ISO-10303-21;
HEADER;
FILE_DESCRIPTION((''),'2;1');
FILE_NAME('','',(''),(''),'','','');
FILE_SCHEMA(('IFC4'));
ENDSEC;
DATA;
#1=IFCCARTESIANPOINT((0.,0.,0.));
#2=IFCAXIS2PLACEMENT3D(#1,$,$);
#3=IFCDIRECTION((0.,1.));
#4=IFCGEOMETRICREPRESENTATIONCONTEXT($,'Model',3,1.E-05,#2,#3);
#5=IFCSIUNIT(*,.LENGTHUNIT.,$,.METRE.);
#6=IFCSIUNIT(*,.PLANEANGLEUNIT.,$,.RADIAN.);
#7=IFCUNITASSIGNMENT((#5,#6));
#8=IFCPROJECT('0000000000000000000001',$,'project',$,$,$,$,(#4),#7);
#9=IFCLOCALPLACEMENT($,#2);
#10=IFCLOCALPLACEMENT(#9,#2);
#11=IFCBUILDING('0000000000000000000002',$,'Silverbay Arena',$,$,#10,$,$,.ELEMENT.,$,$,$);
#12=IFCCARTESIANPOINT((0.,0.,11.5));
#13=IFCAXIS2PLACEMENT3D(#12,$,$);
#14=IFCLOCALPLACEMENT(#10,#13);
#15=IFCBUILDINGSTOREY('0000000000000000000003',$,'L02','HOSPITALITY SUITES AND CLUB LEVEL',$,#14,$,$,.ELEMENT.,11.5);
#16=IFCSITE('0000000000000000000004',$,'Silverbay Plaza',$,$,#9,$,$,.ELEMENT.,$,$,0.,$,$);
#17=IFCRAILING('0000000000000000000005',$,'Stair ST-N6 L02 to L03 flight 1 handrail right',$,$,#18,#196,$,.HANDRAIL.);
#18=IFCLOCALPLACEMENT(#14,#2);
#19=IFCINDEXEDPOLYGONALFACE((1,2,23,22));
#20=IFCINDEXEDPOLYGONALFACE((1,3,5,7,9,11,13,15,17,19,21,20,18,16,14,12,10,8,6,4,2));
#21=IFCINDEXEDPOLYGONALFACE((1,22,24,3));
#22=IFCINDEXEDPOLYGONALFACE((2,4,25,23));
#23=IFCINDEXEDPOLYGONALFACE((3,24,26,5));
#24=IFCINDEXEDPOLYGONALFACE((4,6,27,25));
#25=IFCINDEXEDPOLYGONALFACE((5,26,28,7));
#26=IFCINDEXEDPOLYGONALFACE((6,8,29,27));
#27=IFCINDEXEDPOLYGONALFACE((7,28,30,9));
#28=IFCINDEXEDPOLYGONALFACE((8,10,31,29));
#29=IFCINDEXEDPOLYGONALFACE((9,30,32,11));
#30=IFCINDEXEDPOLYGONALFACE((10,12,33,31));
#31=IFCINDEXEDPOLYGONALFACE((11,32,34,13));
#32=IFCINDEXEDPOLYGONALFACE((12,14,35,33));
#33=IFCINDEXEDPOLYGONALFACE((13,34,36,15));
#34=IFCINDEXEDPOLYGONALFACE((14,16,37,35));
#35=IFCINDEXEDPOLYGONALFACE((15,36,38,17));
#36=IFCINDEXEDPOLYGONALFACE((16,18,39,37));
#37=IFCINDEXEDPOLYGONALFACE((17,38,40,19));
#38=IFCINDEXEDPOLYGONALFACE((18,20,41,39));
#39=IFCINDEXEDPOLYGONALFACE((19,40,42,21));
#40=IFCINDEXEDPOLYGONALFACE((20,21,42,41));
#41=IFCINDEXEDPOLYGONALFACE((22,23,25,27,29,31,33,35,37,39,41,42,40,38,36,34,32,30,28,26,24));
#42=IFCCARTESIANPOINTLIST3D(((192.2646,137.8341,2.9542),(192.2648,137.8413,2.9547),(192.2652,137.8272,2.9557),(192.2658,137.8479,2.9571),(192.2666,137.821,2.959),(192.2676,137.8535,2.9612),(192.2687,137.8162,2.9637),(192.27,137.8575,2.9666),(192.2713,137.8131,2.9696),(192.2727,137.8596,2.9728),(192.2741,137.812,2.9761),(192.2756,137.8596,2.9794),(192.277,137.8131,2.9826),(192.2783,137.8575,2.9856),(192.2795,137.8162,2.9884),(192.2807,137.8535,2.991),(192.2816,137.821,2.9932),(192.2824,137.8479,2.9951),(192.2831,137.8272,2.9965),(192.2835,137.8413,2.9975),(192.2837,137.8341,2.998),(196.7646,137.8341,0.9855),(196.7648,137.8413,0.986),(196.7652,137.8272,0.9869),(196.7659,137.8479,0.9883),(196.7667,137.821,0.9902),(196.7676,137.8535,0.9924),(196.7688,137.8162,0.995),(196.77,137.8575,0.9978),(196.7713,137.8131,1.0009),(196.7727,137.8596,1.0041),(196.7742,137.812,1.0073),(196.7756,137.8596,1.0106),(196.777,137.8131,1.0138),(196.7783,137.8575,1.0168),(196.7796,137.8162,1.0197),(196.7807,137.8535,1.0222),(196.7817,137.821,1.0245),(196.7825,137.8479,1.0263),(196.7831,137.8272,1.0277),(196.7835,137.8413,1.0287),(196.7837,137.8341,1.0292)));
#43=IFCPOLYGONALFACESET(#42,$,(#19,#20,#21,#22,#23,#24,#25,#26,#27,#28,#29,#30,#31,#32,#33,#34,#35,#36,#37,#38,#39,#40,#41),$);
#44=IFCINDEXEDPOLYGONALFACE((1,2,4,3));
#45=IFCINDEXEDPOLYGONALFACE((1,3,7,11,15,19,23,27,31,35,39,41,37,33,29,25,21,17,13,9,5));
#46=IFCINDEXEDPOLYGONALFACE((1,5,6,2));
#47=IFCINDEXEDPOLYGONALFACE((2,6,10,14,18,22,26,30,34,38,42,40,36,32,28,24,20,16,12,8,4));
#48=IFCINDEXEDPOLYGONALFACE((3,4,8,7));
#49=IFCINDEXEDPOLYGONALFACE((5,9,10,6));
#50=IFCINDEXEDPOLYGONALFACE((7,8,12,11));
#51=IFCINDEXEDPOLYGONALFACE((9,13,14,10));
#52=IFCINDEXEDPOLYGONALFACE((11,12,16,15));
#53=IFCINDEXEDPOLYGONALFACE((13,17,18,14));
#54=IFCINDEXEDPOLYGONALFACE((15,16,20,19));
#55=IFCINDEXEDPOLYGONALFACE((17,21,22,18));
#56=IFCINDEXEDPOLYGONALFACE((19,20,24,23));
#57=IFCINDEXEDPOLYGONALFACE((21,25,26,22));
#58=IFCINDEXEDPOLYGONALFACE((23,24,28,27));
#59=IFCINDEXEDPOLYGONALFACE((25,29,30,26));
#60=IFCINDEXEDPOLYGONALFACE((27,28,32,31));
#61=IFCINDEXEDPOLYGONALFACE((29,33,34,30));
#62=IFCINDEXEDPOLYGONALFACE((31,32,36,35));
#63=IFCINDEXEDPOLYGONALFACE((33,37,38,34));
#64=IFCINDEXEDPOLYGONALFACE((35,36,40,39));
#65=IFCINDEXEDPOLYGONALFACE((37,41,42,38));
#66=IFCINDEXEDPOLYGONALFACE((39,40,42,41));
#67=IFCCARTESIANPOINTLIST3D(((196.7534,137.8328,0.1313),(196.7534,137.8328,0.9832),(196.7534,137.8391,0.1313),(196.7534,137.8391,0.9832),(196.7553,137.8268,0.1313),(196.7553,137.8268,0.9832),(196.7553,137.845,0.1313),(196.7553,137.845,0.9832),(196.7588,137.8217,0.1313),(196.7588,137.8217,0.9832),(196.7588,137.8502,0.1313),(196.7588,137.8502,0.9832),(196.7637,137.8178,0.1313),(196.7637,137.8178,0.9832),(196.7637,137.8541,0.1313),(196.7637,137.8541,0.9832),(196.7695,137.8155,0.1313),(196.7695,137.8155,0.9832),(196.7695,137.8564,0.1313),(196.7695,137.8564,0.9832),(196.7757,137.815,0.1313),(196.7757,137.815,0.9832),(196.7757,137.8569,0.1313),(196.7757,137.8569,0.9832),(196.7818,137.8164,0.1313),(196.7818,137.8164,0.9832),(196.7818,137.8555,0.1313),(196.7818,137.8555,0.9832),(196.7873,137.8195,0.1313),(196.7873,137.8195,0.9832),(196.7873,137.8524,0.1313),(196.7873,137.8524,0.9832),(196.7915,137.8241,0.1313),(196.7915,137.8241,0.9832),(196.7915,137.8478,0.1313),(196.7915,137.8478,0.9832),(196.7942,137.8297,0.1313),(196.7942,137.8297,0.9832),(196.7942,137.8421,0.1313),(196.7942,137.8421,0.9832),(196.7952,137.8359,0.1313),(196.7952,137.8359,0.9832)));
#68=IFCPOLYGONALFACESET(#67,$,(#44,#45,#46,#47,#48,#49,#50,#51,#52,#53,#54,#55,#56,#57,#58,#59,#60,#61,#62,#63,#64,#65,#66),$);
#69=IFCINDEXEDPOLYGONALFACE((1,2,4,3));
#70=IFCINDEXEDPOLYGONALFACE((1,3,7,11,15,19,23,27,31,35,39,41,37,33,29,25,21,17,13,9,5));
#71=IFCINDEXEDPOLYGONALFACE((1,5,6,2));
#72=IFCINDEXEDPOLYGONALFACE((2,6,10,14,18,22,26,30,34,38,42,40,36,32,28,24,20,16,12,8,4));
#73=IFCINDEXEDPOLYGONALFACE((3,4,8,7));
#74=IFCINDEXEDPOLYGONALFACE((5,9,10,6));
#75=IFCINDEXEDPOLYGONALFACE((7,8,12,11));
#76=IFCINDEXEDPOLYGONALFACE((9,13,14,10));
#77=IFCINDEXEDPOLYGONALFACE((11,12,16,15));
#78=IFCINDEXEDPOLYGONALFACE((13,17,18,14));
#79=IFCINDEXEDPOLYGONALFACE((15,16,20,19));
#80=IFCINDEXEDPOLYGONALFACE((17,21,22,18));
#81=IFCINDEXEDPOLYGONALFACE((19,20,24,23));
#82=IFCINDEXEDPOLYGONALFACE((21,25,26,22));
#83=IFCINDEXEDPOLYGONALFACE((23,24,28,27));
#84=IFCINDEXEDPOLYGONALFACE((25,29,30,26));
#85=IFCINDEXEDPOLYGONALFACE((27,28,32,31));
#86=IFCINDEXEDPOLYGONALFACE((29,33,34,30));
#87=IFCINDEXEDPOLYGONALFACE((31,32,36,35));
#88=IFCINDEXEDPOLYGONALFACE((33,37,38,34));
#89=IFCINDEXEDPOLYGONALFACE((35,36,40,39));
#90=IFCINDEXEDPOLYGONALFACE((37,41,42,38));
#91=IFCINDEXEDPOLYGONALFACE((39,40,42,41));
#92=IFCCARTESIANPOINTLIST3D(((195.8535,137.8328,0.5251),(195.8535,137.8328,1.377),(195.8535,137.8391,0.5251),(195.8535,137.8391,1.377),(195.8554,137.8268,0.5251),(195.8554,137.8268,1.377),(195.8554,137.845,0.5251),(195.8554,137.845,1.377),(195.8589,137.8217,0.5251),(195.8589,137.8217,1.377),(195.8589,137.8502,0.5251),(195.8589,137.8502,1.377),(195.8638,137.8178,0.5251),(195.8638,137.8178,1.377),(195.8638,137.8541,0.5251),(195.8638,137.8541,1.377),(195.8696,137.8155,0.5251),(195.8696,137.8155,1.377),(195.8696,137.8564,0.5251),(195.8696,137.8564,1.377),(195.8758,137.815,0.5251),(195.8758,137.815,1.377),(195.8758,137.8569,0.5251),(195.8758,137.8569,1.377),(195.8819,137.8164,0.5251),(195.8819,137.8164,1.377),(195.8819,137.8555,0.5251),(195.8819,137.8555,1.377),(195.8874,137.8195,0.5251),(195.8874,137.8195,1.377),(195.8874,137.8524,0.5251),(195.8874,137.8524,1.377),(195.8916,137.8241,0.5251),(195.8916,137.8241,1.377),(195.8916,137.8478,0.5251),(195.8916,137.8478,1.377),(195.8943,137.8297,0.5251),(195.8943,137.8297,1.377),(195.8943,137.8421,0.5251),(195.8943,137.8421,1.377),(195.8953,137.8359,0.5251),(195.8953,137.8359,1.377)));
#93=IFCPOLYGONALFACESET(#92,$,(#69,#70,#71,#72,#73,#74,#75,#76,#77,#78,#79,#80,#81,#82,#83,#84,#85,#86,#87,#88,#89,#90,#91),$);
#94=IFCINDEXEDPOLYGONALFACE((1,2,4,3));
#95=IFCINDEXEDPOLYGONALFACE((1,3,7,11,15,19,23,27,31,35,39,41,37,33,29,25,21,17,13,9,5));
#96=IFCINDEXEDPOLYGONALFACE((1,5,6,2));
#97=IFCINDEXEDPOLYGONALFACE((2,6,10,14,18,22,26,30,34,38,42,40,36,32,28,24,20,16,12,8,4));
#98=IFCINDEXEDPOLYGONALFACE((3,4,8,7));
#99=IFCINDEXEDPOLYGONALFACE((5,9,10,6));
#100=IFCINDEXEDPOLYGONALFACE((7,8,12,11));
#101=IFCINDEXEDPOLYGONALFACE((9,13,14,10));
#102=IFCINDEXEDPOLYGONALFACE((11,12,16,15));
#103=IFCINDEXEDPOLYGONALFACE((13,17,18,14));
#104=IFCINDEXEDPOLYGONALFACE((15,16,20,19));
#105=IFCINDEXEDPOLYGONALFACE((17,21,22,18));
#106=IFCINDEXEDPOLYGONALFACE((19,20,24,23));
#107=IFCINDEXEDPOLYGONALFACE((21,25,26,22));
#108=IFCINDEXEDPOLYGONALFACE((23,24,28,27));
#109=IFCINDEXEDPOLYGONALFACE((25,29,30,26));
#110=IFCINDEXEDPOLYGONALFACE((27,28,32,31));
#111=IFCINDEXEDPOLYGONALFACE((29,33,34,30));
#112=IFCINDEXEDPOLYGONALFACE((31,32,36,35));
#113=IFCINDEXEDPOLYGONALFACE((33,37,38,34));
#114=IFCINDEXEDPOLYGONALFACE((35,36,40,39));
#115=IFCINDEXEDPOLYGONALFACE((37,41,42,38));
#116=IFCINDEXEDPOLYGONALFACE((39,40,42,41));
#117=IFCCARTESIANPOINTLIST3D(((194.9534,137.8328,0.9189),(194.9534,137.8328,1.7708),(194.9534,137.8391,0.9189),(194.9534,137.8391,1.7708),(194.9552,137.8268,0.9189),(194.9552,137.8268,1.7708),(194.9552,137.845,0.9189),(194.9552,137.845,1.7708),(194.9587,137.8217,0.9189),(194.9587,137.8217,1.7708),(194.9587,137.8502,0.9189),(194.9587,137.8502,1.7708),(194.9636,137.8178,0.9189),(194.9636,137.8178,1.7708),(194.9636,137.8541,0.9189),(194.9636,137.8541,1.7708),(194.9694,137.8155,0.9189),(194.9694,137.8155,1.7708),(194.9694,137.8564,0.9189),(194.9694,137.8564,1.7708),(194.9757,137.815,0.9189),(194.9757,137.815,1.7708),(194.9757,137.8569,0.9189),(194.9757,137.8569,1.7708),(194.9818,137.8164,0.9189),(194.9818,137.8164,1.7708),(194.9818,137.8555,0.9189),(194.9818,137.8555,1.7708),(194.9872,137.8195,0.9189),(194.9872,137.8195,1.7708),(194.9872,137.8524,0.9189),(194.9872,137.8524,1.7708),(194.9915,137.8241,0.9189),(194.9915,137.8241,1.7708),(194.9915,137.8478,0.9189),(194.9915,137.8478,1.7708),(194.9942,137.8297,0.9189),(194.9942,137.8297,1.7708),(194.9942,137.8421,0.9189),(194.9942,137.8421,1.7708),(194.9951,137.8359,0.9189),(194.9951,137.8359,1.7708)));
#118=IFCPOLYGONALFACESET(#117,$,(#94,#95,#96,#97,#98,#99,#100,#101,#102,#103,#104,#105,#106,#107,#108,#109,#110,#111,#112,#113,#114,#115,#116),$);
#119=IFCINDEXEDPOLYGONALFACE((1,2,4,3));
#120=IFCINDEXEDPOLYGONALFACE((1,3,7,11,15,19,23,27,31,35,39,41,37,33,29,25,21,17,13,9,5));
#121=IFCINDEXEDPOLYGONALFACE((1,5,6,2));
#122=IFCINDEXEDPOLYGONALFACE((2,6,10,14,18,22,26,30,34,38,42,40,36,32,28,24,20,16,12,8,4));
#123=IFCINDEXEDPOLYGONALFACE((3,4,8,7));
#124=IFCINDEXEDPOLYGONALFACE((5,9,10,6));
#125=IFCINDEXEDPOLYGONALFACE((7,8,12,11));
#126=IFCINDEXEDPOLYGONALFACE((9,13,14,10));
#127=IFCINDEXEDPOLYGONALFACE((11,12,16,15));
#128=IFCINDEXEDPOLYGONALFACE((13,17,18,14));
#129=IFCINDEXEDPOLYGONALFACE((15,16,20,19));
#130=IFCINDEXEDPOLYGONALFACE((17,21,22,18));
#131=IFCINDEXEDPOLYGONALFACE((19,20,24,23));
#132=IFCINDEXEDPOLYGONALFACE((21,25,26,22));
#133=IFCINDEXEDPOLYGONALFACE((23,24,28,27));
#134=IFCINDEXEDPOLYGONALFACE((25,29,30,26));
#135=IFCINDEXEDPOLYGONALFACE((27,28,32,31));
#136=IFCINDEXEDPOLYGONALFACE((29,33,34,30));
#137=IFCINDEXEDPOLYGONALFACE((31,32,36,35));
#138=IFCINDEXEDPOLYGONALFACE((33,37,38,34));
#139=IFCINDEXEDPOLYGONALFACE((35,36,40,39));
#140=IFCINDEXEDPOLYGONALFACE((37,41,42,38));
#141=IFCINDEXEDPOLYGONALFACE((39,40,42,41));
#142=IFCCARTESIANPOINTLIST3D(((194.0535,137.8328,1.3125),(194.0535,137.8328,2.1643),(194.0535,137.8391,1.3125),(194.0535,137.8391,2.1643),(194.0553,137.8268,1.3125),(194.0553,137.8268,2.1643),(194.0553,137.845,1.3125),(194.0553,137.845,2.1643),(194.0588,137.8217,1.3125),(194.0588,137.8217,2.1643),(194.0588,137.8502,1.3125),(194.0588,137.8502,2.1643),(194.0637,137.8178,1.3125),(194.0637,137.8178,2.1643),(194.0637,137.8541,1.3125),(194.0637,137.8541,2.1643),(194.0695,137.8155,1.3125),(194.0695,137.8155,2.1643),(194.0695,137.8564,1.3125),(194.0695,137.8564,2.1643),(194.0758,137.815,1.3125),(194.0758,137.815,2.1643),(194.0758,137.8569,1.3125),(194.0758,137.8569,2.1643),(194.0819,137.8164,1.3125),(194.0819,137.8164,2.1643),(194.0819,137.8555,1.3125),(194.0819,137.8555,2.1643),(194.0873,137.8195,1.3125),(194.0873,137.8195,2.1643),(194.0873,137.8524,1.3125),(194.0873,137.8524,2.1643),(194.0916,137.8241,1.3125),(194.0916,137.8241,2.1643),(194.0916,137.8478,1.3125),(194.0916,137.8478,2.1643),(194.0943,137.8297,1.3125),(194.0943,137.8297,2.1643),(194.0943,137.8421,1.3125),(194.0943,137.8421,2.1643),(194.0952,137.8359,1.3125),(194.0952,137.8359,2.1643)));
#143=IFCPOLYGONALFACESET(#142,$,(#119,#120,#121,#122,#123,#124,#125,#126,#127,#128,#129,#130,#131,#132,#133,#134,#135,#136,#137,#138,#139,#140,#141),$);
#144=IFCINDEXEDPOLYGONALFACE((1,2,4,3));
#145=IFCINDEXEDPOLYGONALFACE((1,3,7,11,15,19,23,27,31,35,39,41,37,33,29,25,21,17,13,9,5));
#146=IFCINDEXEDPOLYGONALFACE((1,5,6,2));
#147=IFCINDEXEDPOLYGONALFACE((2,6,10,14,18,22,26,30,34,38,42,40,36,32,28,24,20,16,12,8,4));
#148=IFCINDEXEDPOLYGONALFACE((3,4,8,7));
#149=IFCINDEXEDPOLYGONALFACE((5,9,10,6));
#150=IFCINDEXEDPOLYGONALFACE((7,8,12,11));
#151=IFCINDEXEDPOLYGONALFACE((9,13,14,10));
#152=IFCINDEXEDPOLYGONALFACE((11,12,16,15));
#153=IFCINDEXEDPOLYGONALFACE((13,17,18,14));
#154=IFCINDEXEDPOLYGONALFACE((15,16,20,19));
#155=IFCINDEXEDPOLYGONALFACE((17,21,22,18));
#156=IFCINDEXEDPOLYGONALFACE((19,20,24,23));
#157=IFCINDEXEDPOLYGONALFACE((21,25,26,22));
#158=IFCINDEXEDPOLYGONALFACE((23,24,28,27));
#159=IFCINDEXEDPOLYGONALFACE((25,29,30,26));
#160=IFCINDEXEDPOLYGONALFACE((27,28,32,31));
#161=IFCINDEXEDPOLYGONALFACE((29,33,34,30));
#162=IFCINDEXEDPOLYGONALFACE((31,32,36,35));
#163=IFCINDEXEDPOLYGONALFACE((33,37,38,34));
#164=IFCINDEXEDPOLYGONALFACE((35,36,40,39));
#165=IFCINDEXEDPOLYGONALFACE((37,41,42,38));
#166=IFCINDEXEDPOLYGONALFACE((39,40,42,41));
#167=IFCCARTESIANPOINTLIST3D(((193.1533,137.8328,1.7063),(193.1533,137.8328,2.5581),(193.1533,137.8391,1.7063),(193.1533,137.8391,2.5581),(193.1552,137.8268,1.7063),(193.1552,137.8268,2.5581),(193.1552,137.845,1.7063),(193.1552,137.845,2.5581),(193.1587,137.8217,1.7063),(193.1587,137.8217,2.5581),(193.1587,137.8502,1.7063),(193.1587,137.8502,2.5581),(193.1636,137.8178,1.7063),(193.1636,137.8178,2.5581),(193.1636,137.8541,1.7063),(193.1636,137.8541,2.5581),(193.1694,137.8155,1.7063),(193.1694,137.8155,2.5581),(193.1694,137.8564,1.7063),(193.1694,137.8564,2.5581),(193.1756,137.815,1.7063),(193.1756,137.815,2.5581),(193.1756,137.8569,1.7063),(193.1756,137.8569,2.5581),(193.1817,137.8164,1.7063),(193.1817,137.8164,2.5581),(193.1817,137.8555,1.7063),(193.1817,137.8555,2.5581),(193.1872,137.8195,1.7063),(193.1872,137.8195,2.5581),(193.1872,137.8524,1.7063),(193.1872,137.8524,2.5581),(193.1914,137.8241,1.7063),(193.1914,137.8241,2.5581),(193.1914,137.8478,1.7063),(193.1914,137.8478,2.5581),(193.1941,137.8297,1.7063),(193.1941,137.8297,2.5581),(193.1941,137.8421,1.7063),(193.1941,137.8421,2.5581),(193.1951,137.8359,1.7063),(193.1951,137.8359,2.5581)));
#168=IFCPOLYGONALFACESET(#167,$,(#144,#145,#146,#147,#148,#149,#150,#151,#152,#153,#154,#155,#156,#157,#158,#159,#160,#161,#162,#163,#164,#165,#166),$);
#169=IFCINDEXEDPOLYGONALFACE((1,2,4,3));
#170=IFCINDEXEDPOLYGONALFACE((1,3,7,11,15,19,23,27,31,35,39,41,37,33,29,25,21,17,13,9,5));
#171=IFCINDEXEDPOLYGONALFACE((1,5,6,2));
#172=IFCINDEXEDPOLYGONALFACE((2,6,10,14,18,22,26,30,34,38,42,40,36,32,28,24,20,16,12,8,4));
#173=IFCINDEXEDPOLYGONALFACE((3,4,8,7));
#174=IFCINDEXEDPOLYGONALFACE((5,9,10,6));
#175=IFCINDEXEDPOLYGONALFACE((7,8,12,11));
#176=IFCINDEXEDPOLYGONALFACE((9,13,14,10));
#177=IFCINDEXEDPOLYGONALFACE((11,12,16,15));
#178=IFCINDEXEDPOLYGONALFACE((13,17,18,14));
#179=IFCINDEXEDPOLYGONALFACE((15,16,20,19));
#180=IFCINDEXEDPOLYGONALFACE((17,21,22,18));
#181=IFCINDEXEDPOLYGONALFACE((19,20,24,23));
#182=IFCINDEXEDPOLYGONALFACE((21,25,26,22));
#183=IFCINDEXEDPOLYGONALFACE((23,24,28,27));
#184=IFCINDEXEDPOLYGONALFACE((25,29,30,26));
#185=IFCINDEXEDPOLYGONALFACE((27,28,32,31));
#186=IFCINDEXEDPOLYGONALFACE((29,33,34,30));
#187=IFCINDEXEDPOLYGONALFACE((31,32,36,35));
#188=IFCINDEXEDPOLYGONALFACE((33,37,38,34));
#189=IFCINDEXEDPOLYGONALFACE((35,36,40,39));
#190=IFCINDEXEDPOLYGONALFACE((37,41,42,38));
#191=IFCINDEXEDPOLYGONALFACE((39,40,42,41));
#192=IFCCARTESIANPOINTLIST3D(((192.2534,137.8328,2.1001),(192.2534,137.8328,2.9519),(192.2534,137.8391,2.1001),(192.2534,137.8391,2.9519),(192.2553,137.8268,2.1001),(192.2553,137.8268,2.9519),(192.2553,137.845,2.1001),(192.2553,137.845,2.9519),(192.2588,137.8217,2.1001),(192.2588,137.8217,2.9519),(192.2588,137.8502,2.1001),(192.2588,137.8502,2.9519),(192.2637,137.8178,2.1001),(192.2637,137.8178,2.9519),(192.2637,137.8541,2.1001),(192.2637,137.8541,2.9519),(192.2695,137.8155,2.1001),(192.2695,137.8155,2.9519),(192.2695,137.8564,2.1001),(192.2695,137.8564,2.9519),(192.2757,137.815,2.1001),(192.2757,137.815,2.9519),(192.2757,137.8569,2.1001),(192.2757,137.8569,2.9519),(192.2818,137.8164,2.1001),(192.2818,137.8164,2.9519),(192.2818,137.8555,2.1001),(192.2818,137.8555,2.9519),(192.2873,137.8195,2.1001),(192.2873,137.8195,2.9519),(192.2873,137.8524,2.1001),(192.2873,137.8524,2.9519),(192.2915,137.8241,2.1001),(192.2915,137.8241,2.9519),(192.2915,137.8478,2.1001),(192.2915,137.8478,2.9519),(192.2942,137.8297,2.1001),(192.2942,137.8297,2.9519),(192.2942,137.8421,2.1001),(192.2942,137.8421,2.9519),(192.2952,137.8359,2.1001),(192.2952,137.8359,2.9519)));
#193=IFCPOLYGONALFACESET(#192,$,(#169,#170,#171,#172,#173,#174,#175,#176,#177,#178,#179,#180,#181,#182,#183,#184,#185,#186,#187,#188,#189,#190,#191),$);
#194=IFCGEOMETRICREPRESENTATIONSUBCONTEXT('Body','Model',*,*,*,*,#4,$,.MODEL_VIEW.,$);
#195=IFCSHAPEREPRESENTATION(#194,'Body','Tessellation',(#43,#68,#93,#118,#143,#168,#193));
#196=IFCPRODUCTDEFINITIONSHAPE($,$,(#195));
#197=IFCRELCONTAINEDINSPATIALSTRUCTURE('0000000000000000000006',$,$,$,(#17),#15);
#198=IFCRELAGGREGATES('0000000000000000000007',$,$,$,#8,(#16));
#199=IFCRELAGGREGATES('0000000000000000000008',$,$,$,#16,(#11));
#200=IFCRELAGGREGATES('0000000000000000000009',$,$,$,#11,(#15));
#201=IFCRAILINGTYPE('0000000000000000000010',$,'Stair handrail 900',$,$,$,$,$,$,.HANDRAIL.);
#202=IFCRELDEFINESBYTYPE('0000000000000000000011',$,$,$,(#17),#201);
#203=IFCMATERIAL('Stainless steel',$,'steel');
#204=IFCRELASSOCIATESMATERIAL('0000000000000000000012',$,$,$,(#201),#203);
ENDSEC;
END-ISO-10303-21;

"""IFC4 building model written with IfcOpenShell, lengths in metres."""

from ifc_helpers import new_model, si_unit, direction, frame, origin, origin_2d, place, context, subcontext, project, spatial, circle, extrude, material, type_object, element, save


model = new_model("IFC4")

# Units and contexts
model_context = context("Model", 3, precision=1e-05, world=origin(), true_north=direction((0.0, 1.0)))
body_context = subcontext(model_context, "Body", "Model", "MODEL_VIEW")
ifc_project = project(units=[si_unit("LENGTHUNIT", "METRE"), si_unit("PLANEANGLEUNIT", "RADIAN")], contexts=[model_context])

# Site, building, storey
site_placement = place(None, origin())
site = spatial("IfcSite", under=ifc_project, at=site_placement, Name="Silverbay Plaza", CompositionType="ELEMENT", RefElevation=0.0)
building_placement = place(site_placement, origin())
building = spatial("IfcBuilding", under=site, at=building_placement, Name="Silverbay Arena", CompositionType="ELEMENT")
storey_placement = place(building_placement, frame((0.0, 0.0, 11.5)))
storey = spatial("IfcBuildingStorey", under=building, at=storey_placement, Name="L02", Description="HOSPITALITY SUITES AND CLUB LEVEL", CompositionType="ELEMENT", Elevation=11.5)

# Railing
ifc_material_1 = material(Name="Stainless steel", Category="steel")
railing_type_1 = type_object("IfcRailingType", Name="Stair handrail 900", PredefinedType="HANDRAIL", material=ifc_material_1)
for number, where, name in (
    (1, (196.7742, 137.8359, 0.1313), "Stair ST-N6 L02 to L03 flight 1 handrail right"),
):
    element("IfcRailing", number, at=place(storey_placement, frame(where)), inside=storey, type_object=railing_type_1, Name=name, PredefinedType="HANDRAIL", context=body_context, shape_type="SweptSolid", body=[
        extrude(circle(Radius=0.0239, at=origin_2d()), frame((0.0, 0.0, 0.876), z_axis=(-0.916157, 0.0, 0.400819), x_axis=(0.0, -1.0, 0.0)), (0.0, 0.0, 1.0), 4.9119),
        extrude(circle(Radius=0.021, at=origin_2d()), origin(), (0.0, 0.0, 1.0), 0.8518),
        extrude(circle(Radius=0.021, at=origin_2d()), frame((-0.8999, 0.0, 0.3938)), (0.0, 0.0, 1.0), 0.8518),
        extrude(circle(Radius=0.021, at=origin_2d()), frame((-1.8, 0.0, 0.7876)), (0.0, 0.0, 1.0), 0.8518),
        extrude(circle(Radius=0.021, at=origin_2d()), frame((-2.7, 0.0, 1.1812)), (0.0, 0.0, 1.0), 0.8518),
        extrude(circle(Radius=0.021, at=origin_2d()), frame((-3.6001, 0.0, 1.575)), (0.0, 0.0, 1.0), 0.8518),
        extrude(circle(Radius=0.021, at=origin_2d()), frame((-4.5, 0.0, 1.9688)), (0.0, 0.0, 1.0), 0.8518),
    ])

save(model, "model.ifc")
